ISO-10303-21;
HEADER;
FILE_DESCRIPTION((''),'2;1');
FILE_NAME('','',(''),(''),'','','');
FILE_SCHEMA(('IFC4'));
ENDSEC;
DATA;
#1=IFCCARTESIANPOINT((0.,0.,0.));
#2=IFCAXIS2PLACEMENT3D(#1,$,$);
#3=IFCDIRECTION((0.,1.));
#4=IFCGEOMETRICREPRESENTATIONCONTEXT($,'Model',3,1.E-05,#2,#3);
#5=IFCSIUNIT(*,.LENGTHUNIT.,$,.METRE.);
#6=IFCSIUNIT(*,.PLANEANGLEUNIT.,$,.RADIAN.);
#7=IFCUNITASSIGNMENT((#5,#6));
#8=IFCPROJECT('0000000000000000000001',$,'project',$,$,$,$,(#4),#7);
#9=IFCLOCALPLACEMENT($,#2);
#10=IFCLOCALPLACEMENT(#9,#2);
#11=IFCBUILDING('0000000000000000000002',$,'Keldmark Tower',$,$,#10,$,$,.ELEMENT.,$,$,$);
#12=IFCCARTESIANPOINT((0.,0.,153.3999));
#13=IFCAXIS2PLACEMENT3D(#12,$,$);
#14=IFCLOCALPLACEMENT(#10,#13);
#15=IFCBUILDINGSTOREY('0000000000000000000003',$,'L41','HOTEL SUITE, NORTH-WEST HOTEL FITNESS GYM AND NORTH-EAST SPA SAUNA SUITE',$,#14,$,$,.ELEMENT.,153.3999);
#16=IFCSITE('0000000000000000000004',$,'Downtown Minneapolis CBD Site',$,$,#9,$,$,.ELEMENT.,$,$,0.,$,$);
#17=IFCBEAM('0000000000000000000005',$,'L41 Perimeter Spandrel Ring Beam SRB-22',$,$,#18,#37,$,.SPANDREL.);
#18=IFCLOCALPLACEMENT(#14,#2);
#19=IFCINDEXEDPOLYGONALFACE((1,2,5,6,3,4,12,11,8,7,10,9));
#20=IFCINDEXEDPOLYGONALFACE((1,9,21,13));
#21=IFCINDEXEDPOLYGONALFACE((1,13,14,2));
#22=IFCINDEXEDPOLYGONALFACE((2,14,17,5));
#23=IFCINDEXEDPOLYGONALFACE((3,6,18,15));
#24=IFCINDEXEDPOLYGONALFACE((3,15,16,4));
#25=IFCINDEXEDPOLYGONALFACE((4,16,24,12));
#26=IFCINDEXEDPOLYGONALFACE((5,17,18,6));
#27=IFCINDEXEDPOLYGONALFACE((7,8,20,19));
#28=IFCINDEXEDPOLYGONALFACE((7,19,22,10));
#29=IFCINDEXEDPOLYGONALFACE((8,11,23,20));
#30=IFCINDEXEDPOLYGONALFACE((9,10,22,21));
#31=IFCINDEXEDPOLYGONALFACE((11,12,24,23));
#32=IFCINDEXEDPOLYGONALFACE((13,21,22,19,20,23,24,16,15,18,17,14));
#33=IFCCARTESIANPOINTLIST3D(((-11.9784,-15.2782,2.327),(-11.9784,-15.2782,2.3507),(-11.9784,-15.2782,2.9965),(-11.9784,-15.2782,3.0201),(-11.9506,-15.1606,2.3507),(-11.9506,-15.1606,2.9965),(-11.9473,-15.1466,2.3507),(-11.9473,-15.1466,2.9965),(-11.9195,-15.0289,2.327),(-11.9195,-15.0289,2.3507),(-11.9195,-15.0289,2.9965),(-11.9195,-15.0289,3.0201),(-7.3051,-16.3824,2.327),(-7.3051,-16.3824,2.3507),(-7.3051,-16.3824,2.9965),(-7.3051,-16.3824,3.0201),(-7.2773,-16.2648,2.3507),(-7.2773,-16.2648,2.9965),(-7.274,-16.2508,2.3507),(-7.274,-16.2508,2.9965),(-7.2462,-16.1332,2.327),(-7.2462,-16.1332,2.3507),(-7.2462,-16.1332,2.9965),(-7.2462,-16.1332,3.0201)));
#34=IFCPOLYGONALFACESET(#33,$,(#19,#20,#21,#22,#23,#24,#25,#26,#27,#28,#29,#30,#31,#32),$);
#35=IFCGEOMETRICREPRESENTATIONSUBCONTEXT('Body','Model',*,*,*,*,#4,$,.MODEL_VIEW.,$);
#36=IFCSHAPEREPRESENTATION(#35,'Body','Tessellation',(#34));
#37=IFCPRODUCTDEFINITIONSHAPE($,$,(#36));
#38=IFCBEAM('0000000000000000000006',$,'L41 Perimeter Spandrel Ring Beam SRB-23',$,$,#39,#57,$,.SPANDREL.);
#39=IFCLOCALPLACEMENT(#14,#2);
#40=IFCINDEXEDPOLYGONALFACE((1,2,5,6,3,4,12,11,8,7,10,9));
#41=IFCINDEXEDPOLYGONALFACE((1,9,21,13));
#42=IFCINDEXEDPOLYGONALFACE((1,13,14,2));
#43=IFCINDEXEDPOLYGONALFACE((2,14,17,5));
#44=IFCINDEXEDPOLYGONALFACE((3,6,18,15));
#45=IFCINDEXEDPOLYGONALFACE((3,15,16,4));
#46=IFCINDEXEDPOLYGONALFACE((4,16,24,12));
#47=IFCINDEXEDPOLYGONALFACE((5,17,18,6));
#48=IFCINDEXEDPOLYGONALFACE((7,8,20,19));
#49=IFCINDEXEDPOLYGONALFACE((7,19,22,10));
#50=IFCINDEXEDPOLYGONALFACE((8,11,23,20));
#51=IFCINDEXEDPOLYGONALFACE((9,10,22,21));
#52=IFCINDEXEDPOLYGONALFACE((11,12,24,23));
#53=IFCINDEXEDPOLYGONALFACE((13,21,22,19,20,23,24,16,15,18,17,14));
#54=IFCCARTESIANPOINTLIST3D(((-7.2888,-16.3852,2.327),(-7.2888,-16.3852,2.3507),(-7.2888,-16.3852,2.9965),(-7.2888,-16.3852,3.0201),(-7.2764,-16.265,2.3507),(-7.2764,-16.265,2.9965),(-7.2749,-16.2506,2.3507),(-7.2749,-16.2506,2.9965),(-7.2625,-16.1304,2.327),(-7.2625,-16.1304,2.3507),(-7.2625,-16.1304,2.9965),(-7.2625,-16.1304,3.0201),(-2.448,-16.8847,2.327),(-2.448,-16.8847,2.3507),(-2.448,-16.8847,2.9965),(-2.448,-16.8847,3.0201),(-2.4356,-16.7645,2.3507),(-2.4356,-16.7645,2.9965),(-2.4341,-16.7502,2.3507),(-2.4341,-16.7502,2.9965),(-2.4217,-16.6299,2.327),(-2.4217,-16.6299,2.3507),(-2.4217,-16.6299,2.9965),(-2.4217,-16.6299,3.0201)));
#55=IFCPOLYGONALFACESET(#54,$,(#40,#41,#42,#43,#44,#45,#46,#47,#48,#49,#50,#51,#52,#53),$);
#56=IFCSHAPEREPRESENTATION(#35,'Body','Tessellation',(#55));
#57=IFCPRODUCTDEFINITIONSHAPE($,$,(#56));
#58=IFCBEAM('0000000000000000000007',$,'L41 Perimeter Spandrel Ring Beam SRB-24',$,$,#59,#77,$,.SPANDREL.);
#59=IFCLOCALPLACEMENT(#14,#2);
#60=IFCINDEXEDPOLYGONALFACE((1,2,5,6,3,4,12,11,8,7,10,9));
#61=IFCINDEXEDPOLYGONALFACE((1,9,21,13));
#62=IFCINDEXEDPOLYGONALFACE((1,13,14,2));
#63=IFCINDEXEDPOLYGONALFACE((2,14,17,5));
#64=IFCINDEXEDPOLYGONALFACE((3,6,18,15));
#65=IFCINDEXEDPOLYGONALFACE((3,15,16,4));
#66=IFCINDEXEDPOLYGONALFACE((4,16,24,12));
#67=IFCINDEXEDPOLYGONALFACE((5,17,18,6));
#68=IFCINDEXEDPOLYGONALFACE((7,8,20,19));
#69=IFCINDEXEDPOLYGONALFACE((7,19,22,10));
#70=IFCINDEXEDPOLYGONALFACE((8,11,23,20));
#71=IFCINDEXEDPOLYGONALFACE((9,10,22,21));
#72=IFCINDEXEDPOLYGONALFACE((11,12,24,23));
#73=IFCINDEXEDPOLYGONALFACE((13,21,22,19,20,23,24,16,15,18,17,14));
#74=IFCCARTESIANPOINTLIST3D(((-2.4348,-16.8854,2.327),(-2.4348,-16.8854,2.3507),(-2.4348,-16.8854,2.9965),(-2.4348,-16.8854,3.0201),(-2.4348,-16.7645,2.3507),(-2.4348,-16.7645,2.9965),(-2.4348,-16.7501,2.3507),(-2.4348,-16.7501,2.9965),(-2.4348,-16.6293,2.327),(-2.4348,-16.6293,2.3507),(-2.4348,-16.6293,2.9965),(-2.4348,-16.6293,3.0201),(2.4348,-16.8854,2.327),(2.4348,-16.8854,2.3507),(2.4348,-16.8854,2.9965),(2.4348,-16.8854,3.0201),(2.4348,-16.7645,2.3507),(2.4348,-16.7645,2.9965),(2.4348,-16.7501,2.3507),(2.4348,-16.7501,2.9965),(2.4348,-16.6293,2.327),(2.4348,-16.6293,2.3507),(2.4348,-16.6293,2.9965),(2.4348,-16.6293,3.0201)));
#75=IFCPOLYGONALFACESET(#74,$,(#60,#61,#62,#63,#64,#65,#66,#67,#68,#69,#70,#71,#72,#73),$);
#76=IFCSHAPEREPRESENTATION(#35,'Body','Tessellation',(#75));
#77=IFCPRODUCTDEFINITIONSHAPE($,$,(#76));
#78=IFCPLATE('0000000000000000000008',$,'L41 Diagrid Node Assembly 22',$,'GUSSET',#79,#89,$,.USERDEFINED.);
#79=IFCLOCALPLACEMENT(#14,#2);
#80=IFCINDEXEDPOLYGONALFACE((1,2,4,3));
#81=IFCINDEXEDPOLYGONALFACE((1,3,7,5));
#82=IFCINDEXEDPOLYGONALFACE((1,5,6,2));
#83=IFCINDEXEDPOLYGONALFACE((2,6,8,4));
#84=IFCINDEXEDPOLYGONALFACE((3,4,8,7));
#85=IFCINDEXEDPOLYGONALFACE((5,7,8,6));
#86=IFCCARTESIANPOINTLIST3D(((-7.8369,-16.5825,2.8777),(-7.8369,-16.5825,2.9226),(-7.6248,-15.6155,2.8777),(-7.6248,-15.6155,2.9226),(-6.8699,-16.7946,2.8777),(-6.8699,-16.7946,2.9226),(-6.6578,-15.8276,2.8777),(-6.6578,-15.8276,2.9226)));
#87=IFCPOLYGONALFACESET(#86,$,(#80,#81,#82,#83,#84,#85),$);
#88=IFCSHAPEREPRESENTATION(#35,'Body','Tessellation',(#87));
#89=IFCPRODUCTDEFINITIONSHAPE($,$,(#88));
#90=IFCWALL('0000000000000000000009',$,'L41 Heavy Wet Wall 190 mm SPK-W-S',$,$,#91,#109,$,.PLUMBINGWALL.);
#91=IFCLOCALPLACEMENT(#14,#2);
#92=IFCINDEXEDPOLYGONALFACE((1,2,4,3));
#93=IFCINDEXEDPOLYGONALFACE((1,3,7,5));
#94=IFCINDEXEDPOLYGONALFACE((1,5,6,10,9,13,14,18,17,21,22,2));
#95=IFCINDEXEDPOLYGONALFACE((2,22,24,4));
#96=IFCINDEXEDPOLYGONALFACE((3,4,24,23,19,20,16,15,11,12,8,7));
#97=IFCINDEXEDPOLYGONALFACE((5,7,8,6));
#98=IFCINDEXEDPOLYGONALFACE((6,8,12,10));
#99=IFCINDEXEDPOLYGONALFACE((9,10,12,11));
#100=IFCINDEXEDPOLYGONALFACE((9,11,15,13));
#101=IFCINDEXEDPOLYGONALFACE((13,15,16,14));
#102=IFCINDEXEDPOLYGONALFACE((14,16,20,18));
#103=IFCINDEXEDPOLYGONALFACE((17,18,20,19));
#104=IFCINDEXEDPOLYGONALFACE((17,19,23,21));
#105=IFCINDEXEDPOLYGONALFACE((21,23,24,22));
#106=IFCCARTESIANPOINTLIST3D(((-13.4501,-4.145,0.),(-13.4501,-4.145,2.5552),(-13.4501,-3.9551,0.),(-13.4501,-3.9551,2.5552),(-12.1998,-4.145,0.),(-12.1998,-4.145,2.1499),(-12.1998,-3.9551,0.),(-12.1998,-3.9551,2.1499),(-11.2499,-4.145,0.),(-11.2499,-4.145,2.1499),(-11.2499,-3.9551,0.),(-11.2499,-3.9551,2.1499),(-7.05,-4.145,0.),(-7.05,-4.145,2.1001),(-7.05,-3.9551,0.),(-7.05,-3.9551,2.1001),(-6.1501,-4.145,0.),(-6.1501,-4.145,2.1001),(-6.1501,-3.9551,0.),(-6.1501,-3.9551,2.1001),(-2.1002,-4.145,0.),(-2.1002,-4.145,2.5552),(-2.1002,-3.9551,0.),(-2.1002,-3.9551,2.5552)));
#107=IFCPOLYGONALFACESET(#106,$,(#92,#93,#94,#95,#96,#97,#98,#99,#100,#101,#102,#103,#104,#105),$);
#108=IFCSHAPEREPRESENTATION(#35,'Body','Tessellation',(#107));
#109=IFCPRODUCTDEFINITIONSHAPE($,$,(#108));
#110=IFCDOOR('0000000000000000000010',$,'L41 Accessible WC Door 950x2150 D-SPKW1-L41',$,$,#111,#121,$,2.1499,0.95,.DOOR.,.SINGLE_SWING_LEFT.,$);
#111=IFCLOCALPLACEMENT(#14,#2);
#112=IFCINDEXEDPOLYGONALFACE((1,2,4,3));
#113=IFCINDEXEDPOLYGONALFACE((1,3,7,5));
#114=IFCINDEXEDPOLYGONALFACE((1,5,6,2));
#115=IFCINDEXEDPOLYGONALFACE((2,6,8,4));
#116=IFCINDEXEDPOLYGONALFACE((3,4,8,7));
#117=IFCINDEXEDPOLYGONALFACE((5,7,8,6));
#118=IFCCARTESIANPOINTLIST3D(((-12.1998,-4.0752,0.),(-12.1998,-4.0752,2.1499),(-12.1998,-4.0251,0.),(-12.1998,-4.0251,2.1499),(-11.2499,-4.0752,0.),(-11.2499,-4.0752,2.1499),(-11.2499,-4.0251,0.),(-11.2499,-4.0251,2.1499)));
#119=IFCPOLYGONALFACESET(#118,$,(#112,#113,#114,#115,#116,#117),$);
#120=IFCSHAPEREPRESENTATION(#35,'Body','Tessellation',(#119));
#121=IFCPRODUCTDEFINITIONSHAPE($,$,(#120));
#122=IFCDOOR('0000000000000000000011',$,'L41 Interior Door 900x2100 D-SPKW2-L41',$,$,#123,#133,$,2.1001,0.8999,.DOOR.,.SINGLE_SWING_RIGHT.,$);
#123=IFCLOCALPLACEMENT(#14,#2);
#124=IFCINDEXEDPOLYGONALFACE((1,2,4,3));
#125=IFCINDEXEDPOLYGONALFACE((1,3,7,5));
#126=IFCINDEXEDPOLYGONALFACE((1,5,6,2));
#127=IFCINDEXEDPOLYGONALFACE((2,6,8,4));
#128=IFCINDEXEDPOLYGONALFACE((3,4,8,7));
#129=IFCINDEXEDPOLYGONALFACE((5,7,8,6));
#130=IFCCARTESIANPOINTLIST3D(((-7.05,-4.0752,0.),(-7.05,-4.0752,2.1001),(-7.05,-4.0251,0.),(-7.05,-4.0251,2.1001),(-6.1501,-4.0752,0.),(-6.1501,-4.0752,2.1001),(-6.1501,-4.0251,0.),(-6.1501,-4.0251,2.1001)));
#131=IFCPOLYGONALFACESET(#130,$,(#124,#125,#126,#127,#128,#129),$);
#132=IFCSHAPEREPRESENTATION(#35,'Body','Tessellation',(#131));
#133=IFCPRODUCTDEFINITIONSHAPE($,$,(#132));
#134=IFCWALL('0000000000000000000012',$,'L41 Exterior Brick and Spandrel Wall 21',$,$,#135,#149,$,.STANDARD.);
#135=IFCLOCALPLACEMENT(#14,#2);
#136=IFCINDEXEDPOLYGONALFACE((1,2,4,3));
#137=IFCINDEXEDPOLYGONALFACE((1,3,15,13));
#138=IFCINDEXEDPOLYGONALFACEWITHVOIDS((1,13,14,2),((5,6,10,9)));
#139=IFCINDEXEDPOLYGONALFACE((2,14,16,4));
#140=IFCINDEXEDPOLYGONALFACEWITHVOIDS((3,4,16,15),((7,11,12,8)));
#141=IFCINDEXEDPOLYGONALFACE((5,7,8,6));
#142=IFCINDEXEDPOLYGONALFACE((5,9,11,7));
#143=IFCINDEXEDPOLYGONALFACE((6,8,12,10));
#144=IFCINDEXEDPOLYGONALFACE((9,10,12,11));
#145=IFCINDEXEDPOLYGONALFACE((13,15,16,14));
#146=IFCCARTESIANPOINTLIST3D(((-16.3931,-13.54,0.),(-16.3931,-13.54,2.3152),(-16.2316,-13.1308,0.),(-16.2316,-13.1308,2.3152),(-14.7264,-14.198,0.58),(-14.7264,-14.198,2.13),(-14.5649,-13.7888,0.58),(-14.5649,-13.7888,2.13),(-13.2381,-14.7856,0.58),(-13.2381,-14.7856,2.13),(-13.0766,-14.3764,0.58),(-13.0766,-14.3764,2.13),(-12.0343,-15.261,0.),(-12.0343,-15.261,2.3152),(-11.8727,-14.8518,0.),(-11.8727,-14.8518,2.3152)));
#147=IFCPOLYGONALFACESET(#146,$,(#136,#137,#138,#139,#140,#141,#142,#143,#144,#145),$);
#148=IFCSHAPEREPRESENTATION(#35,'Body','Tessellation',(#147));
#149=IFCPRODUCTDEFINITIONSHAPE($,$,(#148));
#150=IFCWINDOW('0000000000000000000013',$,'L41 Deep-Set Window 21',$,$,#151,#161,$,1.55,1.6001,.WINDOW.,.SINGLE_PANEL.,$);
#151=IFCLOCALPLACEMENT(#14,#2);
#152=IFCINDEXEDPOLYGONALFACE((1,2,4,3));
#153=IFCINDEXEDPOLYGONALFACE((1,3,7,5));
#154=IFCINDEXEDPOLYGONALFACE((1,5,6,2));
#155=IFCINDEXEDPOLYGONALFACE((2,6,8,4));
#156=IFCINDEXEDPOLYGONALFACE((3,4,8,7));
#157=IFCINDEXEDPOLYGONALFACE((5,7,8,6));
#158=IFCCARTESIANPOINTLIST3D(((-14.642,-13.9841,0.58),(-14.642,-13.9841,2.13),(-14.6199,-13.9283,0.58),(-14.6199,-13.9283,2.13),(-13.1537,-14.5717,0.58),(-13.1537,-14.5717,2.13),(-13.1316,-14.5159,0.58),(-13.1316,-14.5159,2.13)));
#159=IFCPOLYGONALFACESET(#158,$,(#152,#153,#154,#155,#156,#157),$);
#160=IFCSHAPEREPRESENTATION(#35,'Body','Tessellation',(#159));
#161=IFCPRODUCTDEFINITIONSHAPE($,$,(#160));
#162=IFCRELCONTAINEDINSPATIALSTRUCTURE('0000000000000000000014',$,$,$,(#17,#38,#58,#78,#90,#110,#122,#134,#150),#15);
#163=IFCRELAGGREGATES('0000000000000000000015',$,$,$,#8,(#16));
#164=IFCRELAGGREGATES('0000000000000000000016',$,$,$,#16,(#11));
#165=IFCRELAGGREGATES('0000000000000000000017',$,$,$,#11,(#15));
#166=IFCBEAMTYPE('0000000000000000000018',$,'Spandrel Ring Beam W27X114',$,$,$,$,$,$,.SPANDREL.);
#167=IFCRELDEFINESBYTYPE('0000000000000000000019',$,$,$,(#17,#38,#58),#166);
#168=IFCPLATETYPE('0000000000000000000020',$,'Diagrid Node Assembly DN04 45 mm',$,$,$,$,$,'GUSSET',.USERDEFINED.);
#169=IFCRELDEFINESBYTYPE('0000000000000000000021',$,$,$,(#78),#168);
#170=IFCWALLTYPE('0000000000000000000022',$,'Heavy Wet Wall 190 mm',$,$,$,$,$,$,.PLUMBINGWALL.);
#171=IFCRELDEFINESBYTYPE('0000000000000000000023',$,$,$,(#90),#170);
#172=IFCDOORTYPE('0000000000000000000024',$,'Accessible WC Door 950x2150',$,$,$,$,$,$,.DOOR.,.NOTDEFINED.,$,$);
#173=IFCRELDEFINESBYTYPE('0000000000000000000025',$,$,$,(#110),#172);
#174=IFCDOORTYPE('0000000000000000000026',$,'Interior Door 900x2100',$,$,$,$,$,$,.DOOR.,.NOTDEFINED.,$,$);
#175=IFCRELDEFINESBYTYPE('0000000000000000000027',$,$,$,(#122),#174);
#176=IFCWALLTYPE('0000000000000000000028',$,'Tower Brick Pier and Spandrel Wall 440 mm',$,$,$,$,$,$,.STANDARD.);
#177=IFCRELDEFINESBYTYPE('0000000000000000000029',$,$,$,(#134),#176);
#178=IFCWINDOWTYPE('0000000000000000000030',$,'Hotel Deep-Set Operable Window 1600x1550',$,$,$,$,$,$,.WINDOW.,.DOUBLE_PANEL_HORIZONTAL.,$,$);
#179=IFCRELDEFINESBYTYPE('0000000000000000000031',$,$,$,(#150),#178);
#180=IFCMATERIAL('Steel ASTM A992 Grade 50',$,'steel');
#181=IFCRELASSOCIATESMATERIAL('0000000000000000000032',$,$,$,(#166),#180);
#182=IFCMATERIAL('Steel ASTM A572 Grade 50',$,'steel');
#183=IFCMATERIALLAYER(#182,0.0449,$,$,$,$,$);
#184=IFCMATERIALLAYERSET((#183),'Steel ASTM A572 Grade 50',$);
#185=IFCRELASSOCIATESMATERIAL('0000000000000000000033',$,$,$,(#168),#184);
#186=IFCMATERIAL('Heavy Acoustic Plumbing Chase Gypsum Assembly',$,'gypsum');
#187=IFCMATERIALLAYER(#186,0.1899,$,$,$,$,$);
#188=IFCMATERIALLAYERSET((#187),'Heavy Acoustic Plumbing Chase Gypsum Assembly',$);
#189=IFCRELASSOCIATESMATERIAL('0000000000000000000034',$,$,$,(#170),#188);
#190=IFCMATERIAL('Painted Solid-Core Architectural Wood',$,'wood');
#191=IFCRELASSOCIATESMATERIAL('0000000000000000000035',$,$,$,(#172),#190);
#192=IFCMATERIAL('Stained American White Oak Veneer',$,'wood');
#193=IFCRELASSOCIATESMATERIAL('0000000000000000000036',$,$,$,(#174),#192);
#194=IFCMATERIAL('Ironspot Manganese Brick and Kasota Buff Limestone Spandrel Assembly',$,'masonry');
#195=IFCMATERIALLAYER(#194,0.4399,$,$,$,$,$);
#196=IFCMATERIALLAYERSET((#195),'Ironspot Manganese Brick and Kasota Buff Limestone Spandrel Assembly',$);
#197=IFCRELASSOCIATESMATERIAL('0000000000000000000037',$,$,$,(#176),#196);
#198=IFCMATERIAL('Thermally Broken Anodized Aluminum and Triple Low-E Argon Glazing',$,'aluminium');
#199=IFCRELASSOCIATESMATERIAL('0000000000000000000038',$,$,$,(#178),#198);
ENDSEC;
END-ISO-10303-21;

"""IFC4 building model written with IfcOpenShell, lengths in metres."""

from ifc_helpers import new_model, si_unit, direction, frame, frame_2d, origin, origin_2d, place, context, subcontext, project, spatial, rectangle, i_section, extrude, material, layer, layer_set, material_profile, profile_set, type_object, element, fill, save


model = new_model("IFC4")

# Units and contexts
model_context = context("Model", 3, precision=1e-05, world=origin(), true_north=direction((0.0, 1.0)))
body_context = subcontext(model_context, "Body", "Model", "MODEL_VIEW")
ifc_project = project(units=[si_unit("LENGTHUNIT", "METRE"), si_unit("PLANEANGLEUNIT", "RADIAN")], contexts=[model_context])

# Site, building, storey
site_placement = place(None, origin())
site = spatial("IfcSite", under=ifc_project, at=site_placement, Name="Downtown Minneapolis CBD Site", CompositionType="ELEMENT", RefElevation=0.0)
building_placement = place(site_placement, origin())
building = spatial("IfcBuilding", under=site, at=building_placement, Name="Keldmark Tower", CompositionType="ELEMENT")
storey_placement = place(building_placement, frame((0.0, 0.0, 153.3999)))
storey = spatial("IfcBuildingStorey", under=building, at=storey_placement, Name="L41", Description="HOTEL SUITE, NORTH-WEST HOTEL FITNESS GYM AND NORTH-EAST SPA SAUNA SUITE", CompositionType="ELEMENT", Elevation=153.3999)

# Beams
ifc_material_1 = material(Name="Steel ASTM A992 Grade 50", Category="steel")
ifc_material_profile_1 = material_profile(ifc_material_1, i_section(OverallWidth=0.2561, OverallDepth=0.6931, WebThickness=0.0144, FlangeThickness=0.0237, at=origin_2d()), Name="W27X114")
ifc_profile_set_1 = profile_set([ifc_material_profile_1], Name="Steel ASTM A992 Grade 50")
beam_type_1 = type_object("IfcBeamType", Name="Spandrel Ring Beam W27X114", PredefinedType="SPANDREL", material=ifc_profile_set_1)
beam_1_placement = place(storey_placement, frame((-11.949, -15.1536, 2.6736), z_axis=(0.973201, -0.229955, 0.0), x_axis=(0.229955, 0.973201, 0.0)))
element("IfcBeam", 1, at=beam_1_placement, inside=storey, type_object=beam_type_1, Name="L41 Perimeter Spandrel Ring Beam SRB-22", PredefinedType="SPANDREL", context=body_context, shape_type="SweptSolid", body=[
    extrude(i_section(OverallWidth=0.2561, OverallDepth=0.6931, WebThickness=0.0144, FlangeThickness=0.0237, at=origin_2d()), origin(), (0.0, 0.0, 1.0), 4.802),
])
beam_2_placement = place(storey_placement, frame((-7.2756, -16.2578, 2.6736), z_axis=(0.994718, -0.102642, 0.0), x_axis=(0.102642, 0.994718, 0.0)))
element("IfcBeam", 2, at=beam_2_placement, inside=storey, type_object=beam_type_1, Name="L41 Perimeter Spandrel Ring Beam SRB-23", PredefinedType="SPANDREL", context=body_context, shape_type="SweptSolid", body=[
    extrude(i_section(OverallWidth=0.2561, OverallDepth=0.6931, WebThickness=0.0144, FlangeThickness=0.0237, at=origin_2d()), origin(), (0.0, 0.0, 1.0), 4.8665),
])
beam_3_placement = place(storey_placement, frame((-2.4348, -16.7573, 2.6736), z_axis=(1.0, 0.0, 0.0), x_axis=(0.0, 1.0, 0.0)))
element("IfcBeam", 3, at=beam_3_placement, inside=storey, type_object=beam_type_1, Name="L41 Perimeter Spandrel Ring Beam SRB-24", PredefinedType="SPANDREL", context=body_context, shape_type="SweptSolid", body=[
    extrude(i_section(OverallWidth=0.2561, OverallDepth=0.6931, WebThickness=0.0144, FlangeThickness=0.0237, at=origin_2d()), origin(), (0.0, 0.0, 1.0), 4.8696),
])

# Plate
ifc_material_2 = material(Name="Steel ASTM A572 Grade 50", Category="steel")
ifc_layer_1 = layer(ifc_material_2, 0.0449)
ifc_layer_set_1 = layer_set([ifc_layer_1], Name="Steel ASTM A572 Grade 50")
plate_type = type_object("IfcPlateType", Name="Diagrid Node Assembly DN04 45 mm", ElementType="GUSSET", PredefinedType="USERDEFINED", material=ifc_layer_set_1)
plate_placement = place(storey_placement, frame((-7.2473, -16.2051, 2.8777), z_axis=(0.0, 0.0, 1.0), x_axis=(0.976785, -0.214224, 0.0)))
element("IfcPlate", 4, at=plate_placement, inside=storey, type_object=plate_type, Name="L41 Diagrid Node Assembly 22", ObjectType="GUSSET", PredefinedType="USERDEFINED", context=body_context, shape_type="SweptSolid", body=[
    extrude(rectangle(XDim=0.99, YDim=0.99, at=origin_2d()), origin(), (0.0, 0.0, 1.0), 0.0449),
])

# Wall, openings, doors
ifc_material_3 = material(Name="Heavy Acoustic Plumbing Chase Gypsum Assembly", Category="gypsum")
ifc_layer_2 = layer(ifc_material_3, 0.1899)
ifc_layer_set_2 = layer_set([ifc_layer_2], Name="Heavy Acoustic Plumbing Chase Gypsum Assembly")
wall_type_1 = type_object("IfcWallType", Name="Heavy Wet Wall 190 mm", PredefinedType="PLUMBINGWALL", material=ifc_layer_set_2)
wall_1_placement = place(storey_placement, frame((-13.45, -4.05, 0.0), z_axis=(0.0, 0.0, 1.0), x_axis=(1.0, 0.0, 0.0)))
wall_1 = element("IfcWall", 5, at=wall_1_placement, inside=storey, type_object=wall_type_1, Name="L41 Heavy Wet Wall 190 mm SPK-W-S", PredefinedType="PLUMBINGWALL", context=body_context, shape_type="SweptSolid", body=[
    extrude(rectangle(XDim=11.3499, YDim=0.1899, at=frame_2d((5.6748, 0.0))), origin(), (0.0, 0.0, 1.0), 2.5552),
])
opening_1_placement = place(wall_1_placement, frame((1.25, 0.0, 0.0)))
opening_1 = element("IfcOpeningElement", 6, at=opening_1_placement, cuts=wall_1, PredefinedType="OPENING", context=body_context, shape_type="SweptSolid", body=[
    extrude(rectangle(XDim=0.95, YDim=2.1499, at=frame_2d((0.4751, 1.075))), frame((0.0, 0.105, 0.0), z_axis=(0.0, -1.0, 0.0), x_axis=(1.0, 0.0, 0.0)), (0.0, 0.0, 1.0), 0.21),
])
opening_2_placement = place(wall_1_placement, frame((6.3999, 0.0, 0.0)))
opening_2 = element("IfcOpeningElement", 7, at=opening_2_placement, cuts=wall_1, PredefinedType="OPENING", context=body_context, shape_type="SweptSolid", body=[
    extrude(rectangle(XDim=0.8999, YDim=2.1001, at=frame_2d((0.45, 1.05))), frame((0.0, 0.105, 0.0), z_axis=(0.0, -1.0, 0.0), x_axis=(1.0, 0.0, 0.0)), (0.0, 0.0, 1.0), 0.21),
])
ifc_material_4 = material(Name="Painted Solid-Core Architectural Wood", Category="wood")
door_type_1 = type_object("IfcDoorType", Name="Accessible WC Door 950x2150", OperationType="NOTDEFINED", PredefinedType="DOOR", material=ifc_material_4)
door_1_placement = place(opening_1_placement, origin())
door_1 = element("IfcDoor", 8, at=door_1_placement, inside=storey, type_object=door_type_1, Name="L41 Accessible WC Door 950x2150 D-SPKW1-L41", OperationType="SINGLE_SWING_LEFT", OverallHeight=2.1499, OverallWidth=0.95, PredefinedType="DOOR", context=body_context, shape_type="SweptSolid", body=[
    extrude(rectangle(XDim=0.95, YDim=2.1499, at=frame_2d((0.4751, 1.075))), frame((0.0, 0.0249, 0.0), z_axis=(0.0, -1.0, 0.0), x_axis=(1.0, 0.0, 0.0)), (0.0, 0.0, 1.0), 0.05),
])
fill(opening_1, door_1)
ifc_material_5 = material(Name="Stained American White Oak Veneer", Category="wood")
door_type_2 = type_object("IfcDoorType", Name="Interior Door 900x2100", OperationType="NOTDEFINED", PredefinedType="DOOR", material=ifc_material_5)
door_2_placement = place(opening_2_placement, origin())
door_2 = element("IfcDoor", 9, at=door_2_placement, inside=storey, type_object=door_type_2, Name="L41 Interior Door 900x2100 D-SPKW2-L41", OperationType="SINGLE_SWING_RIGHT", OverallHeight=2.1001, OverallWidth=0.8999, PredefinedType="DOOR", context=body_context, shape_type="SweptSolid", body=[
    extrude(rectangle(XDim=0.8999, YDim=2.1001, at=frame_2d((0.45, 1.05))), frame((0.0, 0.0249, 0.0), z_axis=(0.0, -1.0, 0.0), x_axis=(1.0, 0.0, 0.0)), (0.0, 0.0, 1.0), 0.05),
])
fill(opening_2, door_2)

# Wall, opening, window
ifc_material_6 = material(Name="Ironspot Manganese Brick and Kasota Buff Limestone Spandrel Assembly", Category="masonry")
ifc_layer_3 = layer(ifc_material_6, 0.4399)
ifc_layer_set_3 = layer_set([ifc_layer_3], Name="Ironspot Manganese Brick and Kasota Buff Limestone Spandrel Assembly")
wall_type_2 = type_object("IfcWallType", Name="Tower Brick Pier and Spandrel Wall 440 mm", PredefinedType="STANDARD", material=ifc_layer_set_3)
wall_2_placement = place(storey_placement, frame((-11.9534, -15.0564, 0.0), z_axis=(0.0, 0.0, 1.0), x_axis=(-0.930131, 0.367228, 0.0)))
wall_2 = element("IfcWall", 10, at=wall_2_placement, inside=storey, type_object=wall_type_2, Name="L41 Exterior Brick and Spandrel Wall 21", PredefinedType="STANDARD", context=body_context, shape_type="SweptSolid", body=[
    extrude(rectangle(XDim=4.6863, YDim=0.4399, at=frame_2d((2.3433, 0.0))), origin(), (0.0, 0.0, 1.0), 2.3152),
])
opening_3_placement = place(wall_2_placement, frame((1.2944, 0.0, 0.5801)))
opening_3 = element("IfcOpeningElement", 11, at=opening_3_placement, cuts=wall_2, PredefinedType="OPENING", context=body_context, shape_type="SweptSolid", body=[
    extrude(rectangle(XDim=1.6001, YDim=1.55, at=frame_2d((0.8, 0.7749))), frame((0.0, 0.23, 0.0), z_axis=(0.0, -1.0, 0.0), x_axis=(1.0, 0.0, 0.0)), (0.0, 0.0, 1.0), 0.46),
])
ifc_material_7 = material(Name="Thermally Broken Anodized Aluminum and Triple Low-E Argon Glazing", Category="aluminium")
window_type = type_object("IfcWindowType", Name="Hotel Deep-Set Operable Window 1600x1550", PartitioningType="DOUBLE_PANEL_HORIZONTAL", PredefinedType="WINDOW", material=ifc_material_7)
window_1_placement = place(opening_3_placement, origin())
window_1 = element("IfcWindow", 12, at=window_1_placement, inside=storey, type_object=window_type, Name="L41 Deep-Set Window 21", OverallHeight=1.55, OverallWidth=1.6001, PartitioningType="SINGLE_PANEL", PredefinedType="WINDOW", context=body_context, shape_type="SweptSolid", body=[
    extrude(rectangle(XDim=1.6001, YDim=1.55, at=frame_2d((0.8, 0.7749))), frame((0.0, -0.01, 0.0), z_axis=(0.0, -1.0, 0.0), x_axis=(1.0, 0.0, 0.0)), (0.0, 0.0, 1.0), 0.0601),
])
fill(opening_3, window_1)

save(model, "model.ifc")
